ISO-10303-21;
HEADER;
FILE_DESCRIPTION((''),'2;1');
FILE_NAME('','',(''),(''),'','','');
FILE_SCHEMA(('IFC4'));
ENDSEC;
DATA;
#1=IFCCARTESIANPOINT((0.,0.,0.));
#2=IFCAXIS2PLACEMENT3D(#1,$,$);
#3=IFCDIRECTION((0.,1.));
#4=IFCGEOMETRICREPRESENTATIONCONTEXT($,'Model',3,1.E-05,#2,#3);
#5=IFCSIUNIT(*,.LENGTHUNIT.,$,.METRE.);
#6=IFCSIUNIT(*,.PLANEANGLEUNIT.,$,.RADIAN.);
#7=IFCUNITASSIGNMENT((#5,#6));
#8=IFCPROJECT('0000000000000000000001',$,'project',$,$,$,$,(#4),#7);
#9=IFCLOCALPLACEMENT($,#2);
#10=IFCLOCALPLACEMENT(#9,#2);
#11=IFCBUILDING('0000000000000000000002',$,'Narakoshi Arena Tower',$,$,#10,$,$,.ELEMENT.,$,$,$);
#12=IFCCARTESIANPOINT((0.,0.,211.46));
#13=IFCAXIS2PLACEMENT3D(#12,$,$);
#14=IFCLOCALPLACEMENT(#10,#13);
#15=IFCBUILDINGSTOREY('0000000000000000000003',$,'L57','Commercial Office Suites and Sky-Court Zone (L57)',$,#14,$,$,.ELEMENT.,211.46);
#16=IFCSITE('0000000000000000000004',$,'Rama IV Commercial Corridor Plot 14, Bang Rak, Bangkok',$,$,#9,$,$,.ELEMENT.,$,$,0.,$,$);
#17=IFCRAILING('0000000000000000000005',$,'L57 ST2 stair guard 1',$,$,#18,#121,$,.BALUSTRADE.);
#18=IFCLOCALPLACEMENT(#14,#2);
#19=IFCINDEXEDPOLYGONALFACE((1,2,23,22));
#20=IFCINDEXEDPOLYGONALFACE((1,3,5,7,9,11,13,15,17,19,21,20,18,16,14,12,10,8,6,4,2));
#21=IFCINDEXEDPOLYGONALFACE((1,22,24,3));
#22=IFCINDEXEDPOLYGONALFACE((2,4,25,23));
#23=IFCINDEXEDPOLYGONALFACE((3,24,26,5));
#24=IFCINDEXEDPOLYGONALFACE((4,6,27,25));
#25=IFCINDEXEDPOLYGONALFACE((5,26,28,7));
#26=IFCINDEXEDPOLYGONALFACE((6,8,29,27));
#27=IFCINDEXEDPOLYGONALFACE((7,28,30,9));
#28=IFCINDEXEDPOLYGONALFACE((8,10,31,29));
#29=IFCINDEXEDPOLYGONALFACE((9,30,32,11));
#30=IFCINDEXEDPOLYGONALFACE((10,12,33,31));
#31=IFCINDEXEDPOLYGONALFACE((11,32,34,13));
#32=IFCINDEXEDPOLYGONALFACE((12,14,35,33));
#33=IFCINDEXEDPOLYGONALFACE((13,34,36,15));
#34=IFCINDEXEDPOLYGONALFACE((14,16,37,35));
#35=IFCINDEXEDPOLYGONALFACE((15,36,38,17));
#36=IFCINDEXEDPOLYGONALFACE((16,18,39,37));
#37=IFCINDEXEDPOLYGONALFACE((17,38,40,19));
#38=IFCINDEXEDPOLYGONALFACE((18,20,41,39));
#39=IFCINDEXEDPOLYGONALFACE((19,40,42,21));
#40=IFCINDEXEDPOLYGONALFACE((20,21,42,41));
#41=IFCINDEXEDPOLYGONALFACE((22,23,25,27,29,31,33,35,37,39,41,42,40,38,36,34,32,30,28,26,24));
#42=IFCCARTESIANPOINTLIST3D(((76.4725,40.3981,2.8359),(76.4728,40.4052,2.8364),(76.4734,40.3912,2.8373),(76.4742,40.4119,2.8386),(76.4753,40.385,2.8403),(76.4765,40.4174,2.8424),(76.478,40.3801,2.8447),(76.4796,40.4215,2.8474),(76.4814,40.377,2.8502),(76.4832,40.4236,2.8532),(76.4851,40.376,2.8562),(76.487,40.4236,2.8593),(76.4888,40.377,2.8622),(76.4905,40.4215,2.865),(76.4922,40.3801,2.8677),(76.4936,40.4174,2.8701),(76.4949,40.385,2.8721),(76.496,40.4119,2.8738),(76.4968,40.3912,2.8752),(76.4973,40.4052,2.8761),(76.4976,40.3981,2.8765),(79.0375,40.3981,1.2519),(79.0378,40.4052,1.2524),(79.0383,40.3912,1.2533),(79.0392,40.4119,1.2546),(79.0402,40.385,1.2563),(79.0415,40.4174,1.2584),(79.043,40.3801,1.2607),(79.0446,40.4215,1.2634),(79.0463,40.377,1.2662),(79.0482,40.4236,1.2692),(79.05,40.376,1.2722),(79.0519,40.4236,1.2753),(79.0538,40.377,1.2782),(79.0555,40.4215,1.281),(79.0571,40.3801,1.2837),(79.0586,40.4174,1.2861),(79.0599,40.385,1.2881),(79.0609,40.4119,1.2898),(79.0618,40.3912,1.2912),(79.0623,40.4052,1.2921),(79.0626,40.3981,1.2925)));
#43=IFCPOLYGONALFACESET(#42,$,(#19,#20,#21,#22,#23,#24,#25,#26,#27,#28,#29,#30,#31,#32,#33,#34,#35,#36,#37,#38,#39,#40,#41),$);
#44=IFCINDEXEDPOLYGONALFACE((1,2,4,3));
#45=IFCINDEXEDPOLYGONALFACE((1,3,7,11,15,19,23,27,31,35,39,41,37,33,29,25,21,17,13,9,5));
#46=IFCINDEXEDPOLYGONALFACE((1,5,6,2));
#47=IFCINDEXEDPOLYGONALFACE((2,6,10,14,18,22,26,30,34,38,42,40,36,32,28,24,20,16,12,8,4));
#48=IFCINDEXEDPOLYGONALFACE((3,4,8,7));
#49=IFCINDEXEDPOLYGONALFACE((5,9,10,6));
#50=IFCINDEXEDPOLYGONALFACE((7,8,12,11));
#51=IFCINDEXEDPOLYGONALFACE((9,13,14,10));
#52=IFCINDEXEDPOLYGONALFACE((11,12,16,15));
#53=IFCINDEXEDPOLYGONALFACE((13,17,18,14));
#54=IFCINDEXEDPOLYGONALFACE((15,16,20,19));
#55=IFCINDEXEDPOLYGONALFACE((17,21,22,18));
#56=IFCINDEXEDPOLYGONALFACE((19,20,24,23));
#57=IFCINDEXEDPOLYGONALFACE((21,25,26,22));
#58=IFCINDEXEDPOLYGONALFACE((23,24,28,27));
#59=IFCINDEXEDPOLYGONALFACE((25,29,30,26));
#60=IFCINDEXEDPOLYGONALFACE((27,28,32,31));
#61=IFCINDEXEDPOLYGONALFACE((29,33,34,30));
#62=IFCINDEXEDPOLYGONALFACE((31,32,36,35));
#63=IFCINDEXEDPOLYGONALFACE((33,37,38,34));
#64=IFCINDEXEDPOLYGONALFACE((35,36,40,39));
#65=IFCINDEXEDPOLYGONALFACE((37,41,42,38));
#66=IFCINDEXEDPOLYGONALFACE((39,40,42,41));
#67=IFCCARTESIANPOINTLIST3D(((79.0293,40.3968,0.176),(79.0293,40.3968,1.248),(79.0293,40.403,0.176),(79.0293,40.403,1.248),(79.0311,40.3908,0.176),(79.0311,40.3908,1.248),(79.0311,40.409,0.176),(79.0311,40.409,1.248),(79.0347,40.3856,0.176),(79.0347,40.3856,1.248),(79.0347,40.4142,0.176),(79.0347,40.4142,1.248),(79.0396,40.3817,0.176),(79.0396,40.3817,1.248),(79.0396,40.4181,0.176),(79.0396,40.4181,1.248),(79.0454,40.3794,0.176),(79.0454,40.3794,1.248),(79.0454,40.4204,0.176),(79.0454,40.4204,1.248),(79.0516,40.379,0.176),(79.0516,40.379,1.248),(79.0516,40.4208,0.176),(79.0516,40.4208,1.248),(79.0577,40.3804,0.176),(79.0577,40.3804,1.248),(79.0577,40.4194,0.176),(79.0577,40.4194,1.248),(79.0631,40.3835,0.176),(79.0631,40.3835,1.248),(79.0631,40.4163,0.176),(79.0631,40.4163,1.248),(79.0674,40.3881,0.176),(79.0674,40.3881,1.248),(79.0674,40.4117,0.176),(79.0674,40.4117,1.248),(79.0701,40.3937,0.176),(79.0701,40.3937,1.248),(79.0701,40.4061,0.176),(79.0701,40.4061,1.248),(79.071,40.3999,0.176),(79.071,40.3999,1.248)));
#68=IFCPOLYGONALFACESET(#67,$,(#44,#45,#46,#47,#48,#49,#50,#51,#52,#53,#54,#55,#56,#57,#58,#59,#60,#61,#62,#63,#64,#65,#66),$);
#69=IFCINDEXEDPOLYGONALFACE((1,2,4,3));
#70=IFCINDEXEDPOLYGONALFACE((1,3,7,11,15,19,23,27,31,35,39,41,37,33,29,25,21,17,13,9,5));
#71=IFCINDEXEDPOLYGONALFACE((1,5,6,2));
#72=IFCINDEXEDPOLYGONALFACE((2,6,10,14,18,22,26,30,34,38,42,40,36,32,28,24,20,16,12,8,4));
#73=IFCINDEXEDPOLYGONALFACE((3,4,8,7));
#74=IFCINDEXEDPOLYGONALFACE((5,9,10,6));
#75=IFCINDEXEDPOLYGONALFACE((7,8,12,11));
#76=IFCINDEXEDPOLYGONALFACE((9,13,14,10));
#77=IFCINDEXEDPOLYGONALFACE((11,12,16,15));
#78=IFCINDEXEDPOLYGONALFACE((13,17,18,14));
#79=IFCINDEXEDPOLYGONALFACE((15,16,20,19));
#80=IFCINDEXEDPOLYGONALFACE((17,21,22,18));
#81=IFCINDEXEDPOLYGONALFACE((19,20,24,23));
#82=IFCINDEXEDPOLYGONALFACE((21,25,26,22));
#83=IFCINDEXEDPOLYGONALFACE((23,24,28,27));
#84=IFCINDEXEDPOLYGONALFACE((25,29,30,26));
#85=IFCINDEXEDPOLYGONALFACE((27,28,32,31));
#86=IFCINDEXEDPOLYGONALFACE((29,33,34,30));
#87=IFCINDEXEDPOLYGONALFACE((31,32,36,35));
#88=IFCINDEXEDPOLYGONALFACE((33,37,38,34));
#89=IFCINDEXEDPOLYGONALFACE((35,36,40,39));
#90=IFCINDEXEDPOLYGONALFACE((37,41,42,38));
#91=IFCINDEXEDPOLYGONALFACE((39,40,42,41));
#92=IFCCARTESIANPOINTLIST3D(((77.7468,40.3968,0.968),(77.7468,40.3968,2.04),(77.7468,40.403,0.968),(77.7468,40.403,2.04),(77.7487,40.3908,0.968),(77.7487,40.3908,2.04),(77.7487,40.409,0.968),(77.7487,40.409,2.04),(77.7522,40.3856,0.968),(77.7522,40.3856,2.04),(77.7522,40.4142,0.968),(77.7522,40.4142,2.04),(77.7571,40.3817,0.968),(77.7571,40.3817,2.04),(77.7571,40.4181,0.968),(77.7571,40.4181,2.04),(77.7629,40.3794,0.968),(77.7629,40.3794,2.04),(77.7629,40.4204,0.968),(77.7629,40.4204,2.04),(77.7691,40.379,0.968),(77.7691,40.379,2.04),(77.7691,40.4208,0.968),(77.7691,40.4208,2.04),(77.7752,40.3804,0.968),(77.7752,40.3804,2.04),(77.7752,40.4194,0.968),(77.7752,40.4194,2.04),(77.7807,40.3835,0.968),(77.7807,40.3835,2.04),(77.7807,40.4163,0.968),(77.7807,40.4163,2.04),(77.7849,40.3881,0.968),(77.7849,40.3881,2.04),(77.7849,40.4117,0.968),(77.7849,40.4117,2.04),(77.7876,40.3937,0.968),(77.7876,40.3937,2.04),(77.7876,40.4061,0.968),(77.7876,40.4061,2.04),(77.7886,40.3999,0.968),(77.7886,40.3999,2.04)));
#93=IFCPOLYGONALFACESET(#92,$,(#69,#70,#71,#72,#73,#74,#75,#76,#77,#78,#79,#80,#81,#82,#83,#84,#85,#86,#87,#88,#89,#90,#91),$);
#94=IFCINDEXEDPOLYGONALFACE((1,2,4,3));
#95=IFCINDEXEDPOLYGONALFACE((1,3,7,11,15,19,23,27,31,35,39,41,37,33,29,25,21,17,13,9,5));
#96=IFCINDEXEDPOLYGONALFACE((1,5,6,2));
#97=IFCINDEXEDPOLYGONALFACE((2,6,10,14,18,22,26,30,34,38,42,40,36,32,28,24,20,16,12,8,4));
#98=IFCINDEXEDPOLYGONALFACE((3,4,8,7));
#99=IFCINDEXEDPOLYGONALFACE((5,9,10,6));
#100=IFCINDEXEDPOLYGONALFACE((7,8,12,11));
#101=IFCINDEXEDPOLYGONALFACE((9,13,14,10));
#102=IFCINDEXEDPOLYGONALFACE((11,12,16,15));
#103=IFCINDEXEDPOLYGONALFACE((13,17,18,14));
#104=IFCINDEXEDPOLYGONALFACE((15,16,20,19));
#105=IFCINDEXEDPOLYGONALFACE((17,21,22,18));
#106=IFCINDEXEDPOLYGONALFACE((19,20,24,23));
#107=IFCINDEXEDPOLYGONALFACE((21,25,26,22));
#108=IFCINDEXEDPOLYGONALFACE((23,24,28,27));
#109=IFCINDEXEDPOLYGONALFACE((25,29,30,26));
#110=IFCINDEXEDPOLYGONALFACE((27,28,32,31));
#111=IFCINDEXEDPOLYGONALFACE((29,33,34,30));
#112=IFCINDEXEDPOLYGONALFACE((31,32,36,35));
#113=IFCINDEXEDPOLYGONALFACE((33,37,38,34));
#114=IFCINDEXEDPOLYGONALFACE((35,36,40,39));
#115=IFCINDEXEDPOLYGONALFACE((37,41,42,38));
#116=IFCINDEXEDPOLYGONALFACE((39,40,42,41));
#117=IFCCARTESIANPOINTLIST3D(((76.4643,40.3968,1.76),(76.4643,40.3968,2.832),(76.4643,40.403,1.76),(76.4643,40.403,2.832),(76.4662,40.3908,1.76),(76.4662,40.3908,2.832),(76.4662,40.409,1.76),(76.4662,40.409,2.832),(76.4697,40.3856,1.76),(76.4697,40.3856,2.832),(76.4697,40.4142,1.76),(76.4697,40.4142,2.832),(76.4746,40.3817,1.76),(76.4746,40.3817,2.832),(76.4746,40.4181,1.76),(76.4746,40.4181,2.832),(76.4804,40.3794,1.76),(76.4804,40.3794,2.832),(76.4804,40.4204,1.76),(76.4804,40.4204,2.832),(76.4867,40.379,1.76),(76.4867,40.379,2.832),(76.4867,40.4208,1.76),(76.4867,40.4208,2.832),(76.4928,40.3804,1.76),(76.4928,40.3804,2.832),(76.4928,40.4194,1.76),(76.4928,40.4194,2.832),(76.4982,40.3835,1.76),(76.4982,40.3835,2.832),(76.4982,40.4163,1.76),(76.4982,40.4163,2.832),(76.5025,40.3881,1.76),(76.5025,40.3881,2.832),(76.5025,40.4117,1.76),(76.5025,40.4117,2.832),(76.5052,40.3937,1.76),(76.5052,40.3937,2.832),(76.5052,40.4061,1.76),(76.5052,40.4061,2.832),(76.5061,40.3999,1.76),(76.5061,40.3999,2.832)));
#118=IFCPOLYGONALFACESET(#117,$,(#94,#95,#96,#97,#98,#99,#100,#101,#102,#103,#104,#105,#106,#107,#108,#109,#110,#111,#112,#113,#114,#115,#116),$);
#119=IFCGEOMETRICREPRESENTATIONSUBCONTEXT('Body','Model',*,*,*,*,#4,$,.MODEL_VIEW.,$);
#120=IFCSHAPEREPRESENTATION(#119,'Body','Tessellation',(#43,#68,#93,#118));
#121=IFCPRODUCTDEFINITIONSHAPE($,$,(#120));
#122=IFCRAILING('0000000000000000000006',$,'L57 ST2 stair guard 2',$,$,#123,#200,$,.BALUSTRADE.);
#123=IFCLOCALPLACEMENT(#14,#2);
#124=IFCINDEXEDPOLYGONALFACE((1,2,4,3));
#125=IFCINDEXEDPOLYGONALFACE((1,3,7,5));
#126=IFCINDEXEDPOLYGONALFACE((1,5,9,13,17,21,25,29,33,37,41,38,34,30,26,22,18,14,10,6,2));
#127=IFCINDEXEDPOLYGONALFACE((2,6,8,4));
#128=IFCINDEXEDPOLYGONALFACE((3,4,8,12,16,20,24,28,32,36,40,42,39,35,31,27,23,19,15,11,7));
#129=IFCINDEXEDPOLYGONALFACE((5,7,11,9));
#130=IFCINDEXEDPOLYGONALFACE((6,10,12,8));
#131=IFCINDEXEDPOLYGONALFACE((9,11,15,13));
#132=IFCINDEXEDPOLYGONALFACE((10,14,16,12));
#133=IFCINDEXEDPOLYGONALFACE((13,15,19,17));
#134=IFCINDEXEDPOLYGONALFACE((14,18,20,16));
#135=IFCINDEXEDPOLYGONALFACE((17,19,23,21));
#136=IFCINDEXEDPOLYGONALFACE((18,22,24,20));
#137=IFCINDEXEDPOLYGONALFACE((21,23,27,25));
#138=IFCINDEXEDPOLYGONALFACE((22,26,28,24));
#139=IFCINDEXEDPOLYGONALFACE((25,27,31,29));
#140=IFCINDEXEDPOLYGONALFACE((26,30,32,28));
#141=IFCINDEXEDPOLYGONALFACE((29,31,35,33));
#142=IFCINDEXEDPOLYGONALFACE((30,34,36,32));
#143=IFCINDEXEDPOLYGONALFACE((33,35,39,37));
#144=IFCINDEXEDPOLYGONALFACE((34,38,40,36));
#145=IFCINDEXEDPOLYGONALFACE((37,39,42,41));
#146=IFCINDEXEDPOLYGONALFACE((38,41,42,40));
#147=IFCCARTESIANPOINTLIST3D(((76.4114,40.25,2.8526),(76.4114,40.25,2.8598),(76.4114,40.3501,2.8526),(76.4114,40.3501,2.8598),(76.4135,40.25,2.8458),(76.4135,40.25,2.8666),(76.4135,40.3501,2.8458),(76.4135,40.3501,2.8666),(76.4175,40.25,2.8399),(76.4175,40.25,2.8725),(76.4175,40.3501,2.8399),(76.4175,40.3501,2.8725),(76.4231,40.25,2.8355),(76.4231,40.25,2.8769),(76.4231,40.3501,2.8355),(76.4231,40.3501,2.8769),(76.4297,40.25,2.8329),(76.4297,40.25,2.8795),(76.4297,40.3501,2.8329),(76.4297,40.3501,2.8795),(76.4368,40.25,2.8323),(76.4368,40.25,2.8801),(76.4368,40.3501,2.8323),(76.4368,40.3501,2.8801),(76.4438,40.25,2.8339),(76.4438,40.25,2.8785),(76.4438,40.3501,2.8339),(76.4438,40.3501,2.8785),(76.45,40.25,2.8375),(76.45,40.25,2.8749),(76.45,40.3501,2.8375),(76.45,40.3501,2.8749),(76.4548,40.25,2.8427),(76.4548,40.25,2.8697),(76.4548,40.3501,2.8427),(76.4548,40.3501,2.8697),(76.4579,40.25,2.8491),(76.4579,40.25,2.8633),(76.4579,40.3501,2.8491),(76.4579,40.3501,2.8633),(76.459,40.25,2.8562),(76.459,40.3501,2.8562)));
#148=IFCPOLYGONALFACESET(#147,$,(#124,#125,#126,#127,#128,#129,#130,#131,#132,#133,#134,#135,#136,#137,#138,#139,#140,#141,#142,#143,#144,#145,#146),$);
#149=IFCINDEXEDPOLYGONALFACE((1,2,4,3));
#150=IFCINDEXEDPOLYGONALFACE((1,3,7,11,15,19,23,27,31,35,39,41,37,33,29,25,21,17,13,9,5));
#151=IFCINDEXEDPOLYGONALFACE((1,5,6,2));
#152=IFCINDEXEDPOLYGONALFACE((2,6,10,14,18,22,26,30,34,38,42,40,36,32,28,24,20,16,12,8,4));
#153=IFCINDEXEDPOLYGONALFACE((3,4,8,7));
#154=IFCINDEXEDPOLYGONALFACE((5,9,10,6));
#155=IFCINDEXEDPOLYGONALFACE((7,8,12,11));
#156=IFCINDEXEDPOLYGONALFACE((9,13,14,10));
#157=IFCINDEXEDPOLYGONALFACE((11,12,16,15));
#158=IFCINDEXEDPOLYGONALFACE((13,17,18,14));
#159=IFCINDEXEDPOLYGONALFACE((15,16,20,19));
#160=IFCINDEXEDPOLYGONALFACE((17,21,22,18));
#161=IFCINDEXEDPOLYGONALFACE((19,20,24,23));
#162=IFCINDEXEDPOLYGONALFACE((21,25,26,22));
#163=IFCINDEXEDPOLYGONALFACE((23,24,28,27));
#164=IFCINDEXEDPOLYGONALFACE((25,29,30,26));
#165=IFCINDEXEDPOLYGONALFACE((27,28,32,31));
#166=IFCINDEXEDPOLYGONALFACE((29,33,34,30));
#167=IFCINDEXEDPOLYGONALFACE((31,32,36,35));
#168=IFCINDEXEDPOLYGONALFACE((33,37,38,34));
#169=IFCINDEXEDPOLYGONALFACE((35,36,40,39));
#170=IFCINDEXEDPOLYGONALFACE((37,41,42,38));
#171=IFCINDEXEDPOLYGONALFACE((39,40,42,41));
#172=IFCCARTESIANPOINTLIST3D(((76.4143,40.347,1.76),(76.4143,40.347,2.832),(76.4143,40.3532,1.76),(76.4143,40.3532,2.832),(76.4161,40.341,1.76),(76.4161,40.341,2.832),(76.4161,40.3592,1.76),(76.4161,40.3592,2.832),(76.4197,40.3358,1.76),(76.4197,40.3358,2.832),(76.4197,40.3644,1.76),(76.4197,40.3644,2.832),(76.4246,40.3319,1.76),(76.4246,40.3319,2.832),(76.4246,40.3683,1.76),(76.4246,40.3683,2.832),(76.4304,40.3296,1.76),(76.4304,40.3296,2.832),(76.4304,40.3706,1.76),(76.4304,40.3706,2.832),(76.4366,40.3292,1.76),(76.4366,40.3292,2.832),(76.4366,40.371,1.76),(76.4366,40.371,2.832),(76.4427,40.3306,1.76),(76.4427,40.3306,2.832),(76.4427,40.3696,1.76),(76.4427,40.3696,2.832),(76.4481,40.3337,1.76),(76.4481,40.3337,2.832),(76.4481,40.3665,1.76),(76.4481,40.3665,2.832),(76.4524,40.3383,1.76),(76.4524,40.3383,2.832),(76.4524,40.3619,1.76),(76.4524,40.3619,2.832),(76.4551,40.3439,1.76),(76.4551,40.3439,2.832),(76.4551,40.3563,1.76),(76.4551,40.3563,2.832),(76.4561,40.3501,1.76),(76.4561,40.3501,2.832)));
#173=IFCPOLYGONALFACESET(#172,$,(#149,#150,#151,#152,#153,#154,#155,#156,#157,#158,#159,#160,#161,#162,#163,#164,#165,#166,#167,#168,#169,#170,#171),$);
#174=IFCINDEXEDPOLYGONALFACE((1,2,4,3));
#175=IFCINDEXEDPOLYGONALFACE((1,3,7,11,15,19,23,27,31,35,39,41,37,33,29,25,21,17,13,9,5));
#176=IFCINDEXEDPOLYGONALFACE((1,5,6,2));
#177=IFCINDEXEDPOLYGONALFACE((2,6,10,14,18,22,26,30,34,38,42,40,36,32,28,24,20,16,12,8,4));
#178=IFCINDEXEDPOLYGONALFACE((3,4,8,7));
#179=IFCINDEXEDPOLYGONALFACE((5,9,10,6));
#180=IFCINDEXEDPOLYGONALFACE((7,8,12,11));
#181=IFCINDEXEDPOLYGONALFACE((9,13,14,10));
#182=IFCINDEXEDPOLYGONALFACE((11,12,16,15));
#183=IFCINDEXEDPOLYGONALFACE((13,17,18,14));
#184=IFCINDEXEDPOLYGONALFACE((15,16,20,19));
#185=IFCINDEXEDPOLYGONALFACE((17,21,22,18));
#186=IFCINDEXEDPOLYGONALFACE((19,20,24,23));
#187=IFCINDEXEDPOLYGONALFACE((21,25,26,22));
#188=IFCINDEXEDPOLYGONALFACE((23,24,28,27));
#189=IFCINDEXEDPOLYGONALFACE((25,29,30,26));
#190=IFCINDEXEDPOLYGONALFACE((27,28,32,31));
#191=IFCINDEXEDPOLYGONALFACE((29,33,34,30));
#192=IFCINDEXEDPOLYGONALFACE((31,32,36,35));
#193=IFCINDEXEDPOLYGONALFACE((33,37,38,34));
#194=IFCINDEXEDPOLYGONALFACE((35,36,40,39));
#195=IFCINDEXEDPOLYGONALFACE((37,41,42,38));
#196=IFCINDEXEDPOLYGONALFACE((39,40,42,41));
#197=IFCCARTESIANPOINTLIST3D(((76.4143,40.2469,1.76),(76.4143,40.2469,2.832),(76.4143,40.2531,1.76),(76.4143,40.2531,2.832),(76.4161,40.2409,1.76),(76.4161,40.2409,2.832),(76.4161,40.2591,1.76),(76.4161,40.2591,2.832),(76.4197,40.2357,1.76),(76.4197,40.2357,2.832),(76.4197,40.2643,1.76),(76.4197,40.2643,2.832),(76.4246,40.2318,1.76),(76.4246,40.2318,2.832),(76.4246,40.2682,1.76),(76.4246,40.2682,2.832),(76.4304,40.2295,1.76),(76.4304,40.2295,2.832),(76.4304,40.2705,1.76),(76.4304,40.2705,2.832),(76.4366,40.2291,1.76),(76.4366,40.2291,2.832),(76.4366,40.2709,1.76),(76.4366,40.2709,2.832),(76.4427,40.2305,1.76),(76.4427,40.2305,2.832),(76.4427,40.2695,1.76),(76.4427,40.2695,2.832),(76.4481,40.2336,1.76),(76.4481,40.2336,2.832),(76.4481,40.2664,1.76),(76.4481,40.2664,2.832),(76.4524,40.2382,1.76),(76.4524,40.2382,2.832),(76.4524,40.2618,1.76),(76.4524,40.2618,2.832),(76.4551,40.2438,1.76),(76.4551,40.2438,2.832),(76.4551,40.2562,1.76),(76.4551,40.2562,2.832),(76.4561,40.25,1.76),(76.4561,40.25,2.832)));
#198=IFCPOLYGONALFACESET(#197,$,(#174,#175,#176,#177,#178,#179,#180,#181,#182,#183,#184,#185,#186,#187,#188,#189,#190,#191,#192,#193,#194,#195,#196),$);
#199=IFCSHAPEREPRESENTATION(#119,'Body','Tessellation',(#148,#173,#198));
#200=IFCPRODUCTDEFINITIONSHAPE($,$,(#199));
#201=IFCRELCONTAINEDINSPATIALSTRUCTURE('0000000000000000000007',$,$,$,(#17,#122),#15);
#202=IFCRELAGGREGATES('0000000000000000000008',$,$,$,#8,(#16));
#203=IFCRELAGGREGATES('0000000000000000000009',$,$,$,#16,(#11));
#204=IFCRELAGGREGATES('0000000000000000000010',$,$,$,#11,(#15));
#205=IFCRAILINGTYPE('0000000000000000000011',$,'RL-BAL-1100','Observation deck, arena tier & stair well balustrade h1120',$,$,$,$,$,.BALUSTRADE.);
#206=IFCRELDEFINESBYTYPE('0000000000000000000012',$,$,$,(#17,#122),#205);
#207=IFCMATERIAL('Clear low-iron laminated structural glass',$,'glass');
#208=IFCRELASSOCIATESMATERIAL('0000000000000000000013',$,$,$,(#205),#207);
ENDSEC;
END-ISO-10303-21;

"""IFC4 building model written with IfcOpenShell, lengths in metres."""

from ifc_helpers import new_model, si_unit, direction, frame, origin, origin_2d, place, context, subcontext, project, spatial, circle, extrude, material, type_object, element, save


model = new_model("IFC4")

# Units and contexts
model_context = context("Model", 3, precision=1e-05, world=origin(), true_north=direction((0.0, 1.0)))
body_context = subcontext(model_context, "Body", "Model", "MODEL_VIEW")
ifc_project = project(units=[si_unit("LENGTHUNIT", "METRE"), si_unit("PLANEANGLEUNIT", "RADIAN")], contexts=[model_context])

# Site, building, storey
site_placement = place(None, origin())
site = spatial("IfcSite", under=ifc_project, at=site_placement, Name="Rama IV Commercial Corridor Plot 14, Bang Rak, Bangkok", CompositionType="ELEMENT", RefElevation=0.0)
building_placement = place(site_placement, origin())
building = spatial("IfcBuilding", under=site, at=building_placement, Name="Narakoshi Arena Tower", CompositionType="ELEMENT")
storey_placement = place(building_placement, frame((0.0, 0.0, 211.46)))
storey = spatial("IfcBuildingStorey", under=building, at=storey_placement, Name="L57", Description="Commercial Office Suites and Sky-Court Zone (L57)", CompositionType="ELEMENT", Elevation=211.46)

# Railings
ifc_material_1 = material(Name="Clear low-iron laminated structural glass", Category="glass")
railing_type_1 = type_object("IfcRailingType", Name="RL-BAL-1100", Description="Observation deck, arena tier & stair well balustrade h1120", PredefinedType="BALUSTRADE", material=ifc_material_1)
railing_1_placement = place(storey_placement, frame((79.05, 40.3999, 0.176)))
element("IfcRailing", 1, at=railing_1_placement, inside=storey, type_object=railing_type_1, Name="L57 ST2 stair guard 1", PredefinedType="BALUSTRADE", context=body_context, shape_type="SweptSolid", body=[
    extrude(circle(Radius=0.0239, at=origin_2d()), frame((0.0, 0.0, 1.0962), z_axis=(-0.850834, 0.0, 0.525434), x_axis=(0.0, -1.0, 0.0)), (0.0, 0.0, 1.0), 3.0146),
    extrude(circle(Radius=0.021, at=origin_2d()), origin(), (0.0, 0.0, 1.0), 1.072),
    extrude(circle(Radius=0.021, at=origin_2d()), frame((-1.2825, 0.0, 0.792)), (0.0, 0.0, 1.0), 1.072),
    extrude(circle(Radius=0.021, at=origin_2d()), frame((-2.5649, 0.0, 1.584)), (0.0, 0.0, 1.0), 1.072),
])
railing_2_placement = place(storey_placement, frame((76.4351, 40.3501, 1.76)))
element("IfcRailing", 2, at=railing_2_placement, inside=storey, type_object=railing_type_1, Name="L57 ST2 stair guard 2", PredefinedType="BALUSTRADE", context=body_context, shape_type="SweptSolid", body=[
    extrude(circle(Radius=0.0239, at=origin_2d()), frame((0.0, 0.0, 1.0962), z_axis=(0.0, -1.0, 0.0), x_axis=(1.0, 0.0, 0.0)), (0.0, 0.0, 1.0), 0.1001),
    extrude(circle(Radius=0.021, at=origin_2d()), origin(), (0.0, 0.0, 1.0), 1.072),
    extrude(circle(Radius=0.021, at=origin_2d()), frame((0.0, -0.1001, 0.0)), (0.0, 0.0, 1.0), 1.072),
])

save(model, "model.ifc")
